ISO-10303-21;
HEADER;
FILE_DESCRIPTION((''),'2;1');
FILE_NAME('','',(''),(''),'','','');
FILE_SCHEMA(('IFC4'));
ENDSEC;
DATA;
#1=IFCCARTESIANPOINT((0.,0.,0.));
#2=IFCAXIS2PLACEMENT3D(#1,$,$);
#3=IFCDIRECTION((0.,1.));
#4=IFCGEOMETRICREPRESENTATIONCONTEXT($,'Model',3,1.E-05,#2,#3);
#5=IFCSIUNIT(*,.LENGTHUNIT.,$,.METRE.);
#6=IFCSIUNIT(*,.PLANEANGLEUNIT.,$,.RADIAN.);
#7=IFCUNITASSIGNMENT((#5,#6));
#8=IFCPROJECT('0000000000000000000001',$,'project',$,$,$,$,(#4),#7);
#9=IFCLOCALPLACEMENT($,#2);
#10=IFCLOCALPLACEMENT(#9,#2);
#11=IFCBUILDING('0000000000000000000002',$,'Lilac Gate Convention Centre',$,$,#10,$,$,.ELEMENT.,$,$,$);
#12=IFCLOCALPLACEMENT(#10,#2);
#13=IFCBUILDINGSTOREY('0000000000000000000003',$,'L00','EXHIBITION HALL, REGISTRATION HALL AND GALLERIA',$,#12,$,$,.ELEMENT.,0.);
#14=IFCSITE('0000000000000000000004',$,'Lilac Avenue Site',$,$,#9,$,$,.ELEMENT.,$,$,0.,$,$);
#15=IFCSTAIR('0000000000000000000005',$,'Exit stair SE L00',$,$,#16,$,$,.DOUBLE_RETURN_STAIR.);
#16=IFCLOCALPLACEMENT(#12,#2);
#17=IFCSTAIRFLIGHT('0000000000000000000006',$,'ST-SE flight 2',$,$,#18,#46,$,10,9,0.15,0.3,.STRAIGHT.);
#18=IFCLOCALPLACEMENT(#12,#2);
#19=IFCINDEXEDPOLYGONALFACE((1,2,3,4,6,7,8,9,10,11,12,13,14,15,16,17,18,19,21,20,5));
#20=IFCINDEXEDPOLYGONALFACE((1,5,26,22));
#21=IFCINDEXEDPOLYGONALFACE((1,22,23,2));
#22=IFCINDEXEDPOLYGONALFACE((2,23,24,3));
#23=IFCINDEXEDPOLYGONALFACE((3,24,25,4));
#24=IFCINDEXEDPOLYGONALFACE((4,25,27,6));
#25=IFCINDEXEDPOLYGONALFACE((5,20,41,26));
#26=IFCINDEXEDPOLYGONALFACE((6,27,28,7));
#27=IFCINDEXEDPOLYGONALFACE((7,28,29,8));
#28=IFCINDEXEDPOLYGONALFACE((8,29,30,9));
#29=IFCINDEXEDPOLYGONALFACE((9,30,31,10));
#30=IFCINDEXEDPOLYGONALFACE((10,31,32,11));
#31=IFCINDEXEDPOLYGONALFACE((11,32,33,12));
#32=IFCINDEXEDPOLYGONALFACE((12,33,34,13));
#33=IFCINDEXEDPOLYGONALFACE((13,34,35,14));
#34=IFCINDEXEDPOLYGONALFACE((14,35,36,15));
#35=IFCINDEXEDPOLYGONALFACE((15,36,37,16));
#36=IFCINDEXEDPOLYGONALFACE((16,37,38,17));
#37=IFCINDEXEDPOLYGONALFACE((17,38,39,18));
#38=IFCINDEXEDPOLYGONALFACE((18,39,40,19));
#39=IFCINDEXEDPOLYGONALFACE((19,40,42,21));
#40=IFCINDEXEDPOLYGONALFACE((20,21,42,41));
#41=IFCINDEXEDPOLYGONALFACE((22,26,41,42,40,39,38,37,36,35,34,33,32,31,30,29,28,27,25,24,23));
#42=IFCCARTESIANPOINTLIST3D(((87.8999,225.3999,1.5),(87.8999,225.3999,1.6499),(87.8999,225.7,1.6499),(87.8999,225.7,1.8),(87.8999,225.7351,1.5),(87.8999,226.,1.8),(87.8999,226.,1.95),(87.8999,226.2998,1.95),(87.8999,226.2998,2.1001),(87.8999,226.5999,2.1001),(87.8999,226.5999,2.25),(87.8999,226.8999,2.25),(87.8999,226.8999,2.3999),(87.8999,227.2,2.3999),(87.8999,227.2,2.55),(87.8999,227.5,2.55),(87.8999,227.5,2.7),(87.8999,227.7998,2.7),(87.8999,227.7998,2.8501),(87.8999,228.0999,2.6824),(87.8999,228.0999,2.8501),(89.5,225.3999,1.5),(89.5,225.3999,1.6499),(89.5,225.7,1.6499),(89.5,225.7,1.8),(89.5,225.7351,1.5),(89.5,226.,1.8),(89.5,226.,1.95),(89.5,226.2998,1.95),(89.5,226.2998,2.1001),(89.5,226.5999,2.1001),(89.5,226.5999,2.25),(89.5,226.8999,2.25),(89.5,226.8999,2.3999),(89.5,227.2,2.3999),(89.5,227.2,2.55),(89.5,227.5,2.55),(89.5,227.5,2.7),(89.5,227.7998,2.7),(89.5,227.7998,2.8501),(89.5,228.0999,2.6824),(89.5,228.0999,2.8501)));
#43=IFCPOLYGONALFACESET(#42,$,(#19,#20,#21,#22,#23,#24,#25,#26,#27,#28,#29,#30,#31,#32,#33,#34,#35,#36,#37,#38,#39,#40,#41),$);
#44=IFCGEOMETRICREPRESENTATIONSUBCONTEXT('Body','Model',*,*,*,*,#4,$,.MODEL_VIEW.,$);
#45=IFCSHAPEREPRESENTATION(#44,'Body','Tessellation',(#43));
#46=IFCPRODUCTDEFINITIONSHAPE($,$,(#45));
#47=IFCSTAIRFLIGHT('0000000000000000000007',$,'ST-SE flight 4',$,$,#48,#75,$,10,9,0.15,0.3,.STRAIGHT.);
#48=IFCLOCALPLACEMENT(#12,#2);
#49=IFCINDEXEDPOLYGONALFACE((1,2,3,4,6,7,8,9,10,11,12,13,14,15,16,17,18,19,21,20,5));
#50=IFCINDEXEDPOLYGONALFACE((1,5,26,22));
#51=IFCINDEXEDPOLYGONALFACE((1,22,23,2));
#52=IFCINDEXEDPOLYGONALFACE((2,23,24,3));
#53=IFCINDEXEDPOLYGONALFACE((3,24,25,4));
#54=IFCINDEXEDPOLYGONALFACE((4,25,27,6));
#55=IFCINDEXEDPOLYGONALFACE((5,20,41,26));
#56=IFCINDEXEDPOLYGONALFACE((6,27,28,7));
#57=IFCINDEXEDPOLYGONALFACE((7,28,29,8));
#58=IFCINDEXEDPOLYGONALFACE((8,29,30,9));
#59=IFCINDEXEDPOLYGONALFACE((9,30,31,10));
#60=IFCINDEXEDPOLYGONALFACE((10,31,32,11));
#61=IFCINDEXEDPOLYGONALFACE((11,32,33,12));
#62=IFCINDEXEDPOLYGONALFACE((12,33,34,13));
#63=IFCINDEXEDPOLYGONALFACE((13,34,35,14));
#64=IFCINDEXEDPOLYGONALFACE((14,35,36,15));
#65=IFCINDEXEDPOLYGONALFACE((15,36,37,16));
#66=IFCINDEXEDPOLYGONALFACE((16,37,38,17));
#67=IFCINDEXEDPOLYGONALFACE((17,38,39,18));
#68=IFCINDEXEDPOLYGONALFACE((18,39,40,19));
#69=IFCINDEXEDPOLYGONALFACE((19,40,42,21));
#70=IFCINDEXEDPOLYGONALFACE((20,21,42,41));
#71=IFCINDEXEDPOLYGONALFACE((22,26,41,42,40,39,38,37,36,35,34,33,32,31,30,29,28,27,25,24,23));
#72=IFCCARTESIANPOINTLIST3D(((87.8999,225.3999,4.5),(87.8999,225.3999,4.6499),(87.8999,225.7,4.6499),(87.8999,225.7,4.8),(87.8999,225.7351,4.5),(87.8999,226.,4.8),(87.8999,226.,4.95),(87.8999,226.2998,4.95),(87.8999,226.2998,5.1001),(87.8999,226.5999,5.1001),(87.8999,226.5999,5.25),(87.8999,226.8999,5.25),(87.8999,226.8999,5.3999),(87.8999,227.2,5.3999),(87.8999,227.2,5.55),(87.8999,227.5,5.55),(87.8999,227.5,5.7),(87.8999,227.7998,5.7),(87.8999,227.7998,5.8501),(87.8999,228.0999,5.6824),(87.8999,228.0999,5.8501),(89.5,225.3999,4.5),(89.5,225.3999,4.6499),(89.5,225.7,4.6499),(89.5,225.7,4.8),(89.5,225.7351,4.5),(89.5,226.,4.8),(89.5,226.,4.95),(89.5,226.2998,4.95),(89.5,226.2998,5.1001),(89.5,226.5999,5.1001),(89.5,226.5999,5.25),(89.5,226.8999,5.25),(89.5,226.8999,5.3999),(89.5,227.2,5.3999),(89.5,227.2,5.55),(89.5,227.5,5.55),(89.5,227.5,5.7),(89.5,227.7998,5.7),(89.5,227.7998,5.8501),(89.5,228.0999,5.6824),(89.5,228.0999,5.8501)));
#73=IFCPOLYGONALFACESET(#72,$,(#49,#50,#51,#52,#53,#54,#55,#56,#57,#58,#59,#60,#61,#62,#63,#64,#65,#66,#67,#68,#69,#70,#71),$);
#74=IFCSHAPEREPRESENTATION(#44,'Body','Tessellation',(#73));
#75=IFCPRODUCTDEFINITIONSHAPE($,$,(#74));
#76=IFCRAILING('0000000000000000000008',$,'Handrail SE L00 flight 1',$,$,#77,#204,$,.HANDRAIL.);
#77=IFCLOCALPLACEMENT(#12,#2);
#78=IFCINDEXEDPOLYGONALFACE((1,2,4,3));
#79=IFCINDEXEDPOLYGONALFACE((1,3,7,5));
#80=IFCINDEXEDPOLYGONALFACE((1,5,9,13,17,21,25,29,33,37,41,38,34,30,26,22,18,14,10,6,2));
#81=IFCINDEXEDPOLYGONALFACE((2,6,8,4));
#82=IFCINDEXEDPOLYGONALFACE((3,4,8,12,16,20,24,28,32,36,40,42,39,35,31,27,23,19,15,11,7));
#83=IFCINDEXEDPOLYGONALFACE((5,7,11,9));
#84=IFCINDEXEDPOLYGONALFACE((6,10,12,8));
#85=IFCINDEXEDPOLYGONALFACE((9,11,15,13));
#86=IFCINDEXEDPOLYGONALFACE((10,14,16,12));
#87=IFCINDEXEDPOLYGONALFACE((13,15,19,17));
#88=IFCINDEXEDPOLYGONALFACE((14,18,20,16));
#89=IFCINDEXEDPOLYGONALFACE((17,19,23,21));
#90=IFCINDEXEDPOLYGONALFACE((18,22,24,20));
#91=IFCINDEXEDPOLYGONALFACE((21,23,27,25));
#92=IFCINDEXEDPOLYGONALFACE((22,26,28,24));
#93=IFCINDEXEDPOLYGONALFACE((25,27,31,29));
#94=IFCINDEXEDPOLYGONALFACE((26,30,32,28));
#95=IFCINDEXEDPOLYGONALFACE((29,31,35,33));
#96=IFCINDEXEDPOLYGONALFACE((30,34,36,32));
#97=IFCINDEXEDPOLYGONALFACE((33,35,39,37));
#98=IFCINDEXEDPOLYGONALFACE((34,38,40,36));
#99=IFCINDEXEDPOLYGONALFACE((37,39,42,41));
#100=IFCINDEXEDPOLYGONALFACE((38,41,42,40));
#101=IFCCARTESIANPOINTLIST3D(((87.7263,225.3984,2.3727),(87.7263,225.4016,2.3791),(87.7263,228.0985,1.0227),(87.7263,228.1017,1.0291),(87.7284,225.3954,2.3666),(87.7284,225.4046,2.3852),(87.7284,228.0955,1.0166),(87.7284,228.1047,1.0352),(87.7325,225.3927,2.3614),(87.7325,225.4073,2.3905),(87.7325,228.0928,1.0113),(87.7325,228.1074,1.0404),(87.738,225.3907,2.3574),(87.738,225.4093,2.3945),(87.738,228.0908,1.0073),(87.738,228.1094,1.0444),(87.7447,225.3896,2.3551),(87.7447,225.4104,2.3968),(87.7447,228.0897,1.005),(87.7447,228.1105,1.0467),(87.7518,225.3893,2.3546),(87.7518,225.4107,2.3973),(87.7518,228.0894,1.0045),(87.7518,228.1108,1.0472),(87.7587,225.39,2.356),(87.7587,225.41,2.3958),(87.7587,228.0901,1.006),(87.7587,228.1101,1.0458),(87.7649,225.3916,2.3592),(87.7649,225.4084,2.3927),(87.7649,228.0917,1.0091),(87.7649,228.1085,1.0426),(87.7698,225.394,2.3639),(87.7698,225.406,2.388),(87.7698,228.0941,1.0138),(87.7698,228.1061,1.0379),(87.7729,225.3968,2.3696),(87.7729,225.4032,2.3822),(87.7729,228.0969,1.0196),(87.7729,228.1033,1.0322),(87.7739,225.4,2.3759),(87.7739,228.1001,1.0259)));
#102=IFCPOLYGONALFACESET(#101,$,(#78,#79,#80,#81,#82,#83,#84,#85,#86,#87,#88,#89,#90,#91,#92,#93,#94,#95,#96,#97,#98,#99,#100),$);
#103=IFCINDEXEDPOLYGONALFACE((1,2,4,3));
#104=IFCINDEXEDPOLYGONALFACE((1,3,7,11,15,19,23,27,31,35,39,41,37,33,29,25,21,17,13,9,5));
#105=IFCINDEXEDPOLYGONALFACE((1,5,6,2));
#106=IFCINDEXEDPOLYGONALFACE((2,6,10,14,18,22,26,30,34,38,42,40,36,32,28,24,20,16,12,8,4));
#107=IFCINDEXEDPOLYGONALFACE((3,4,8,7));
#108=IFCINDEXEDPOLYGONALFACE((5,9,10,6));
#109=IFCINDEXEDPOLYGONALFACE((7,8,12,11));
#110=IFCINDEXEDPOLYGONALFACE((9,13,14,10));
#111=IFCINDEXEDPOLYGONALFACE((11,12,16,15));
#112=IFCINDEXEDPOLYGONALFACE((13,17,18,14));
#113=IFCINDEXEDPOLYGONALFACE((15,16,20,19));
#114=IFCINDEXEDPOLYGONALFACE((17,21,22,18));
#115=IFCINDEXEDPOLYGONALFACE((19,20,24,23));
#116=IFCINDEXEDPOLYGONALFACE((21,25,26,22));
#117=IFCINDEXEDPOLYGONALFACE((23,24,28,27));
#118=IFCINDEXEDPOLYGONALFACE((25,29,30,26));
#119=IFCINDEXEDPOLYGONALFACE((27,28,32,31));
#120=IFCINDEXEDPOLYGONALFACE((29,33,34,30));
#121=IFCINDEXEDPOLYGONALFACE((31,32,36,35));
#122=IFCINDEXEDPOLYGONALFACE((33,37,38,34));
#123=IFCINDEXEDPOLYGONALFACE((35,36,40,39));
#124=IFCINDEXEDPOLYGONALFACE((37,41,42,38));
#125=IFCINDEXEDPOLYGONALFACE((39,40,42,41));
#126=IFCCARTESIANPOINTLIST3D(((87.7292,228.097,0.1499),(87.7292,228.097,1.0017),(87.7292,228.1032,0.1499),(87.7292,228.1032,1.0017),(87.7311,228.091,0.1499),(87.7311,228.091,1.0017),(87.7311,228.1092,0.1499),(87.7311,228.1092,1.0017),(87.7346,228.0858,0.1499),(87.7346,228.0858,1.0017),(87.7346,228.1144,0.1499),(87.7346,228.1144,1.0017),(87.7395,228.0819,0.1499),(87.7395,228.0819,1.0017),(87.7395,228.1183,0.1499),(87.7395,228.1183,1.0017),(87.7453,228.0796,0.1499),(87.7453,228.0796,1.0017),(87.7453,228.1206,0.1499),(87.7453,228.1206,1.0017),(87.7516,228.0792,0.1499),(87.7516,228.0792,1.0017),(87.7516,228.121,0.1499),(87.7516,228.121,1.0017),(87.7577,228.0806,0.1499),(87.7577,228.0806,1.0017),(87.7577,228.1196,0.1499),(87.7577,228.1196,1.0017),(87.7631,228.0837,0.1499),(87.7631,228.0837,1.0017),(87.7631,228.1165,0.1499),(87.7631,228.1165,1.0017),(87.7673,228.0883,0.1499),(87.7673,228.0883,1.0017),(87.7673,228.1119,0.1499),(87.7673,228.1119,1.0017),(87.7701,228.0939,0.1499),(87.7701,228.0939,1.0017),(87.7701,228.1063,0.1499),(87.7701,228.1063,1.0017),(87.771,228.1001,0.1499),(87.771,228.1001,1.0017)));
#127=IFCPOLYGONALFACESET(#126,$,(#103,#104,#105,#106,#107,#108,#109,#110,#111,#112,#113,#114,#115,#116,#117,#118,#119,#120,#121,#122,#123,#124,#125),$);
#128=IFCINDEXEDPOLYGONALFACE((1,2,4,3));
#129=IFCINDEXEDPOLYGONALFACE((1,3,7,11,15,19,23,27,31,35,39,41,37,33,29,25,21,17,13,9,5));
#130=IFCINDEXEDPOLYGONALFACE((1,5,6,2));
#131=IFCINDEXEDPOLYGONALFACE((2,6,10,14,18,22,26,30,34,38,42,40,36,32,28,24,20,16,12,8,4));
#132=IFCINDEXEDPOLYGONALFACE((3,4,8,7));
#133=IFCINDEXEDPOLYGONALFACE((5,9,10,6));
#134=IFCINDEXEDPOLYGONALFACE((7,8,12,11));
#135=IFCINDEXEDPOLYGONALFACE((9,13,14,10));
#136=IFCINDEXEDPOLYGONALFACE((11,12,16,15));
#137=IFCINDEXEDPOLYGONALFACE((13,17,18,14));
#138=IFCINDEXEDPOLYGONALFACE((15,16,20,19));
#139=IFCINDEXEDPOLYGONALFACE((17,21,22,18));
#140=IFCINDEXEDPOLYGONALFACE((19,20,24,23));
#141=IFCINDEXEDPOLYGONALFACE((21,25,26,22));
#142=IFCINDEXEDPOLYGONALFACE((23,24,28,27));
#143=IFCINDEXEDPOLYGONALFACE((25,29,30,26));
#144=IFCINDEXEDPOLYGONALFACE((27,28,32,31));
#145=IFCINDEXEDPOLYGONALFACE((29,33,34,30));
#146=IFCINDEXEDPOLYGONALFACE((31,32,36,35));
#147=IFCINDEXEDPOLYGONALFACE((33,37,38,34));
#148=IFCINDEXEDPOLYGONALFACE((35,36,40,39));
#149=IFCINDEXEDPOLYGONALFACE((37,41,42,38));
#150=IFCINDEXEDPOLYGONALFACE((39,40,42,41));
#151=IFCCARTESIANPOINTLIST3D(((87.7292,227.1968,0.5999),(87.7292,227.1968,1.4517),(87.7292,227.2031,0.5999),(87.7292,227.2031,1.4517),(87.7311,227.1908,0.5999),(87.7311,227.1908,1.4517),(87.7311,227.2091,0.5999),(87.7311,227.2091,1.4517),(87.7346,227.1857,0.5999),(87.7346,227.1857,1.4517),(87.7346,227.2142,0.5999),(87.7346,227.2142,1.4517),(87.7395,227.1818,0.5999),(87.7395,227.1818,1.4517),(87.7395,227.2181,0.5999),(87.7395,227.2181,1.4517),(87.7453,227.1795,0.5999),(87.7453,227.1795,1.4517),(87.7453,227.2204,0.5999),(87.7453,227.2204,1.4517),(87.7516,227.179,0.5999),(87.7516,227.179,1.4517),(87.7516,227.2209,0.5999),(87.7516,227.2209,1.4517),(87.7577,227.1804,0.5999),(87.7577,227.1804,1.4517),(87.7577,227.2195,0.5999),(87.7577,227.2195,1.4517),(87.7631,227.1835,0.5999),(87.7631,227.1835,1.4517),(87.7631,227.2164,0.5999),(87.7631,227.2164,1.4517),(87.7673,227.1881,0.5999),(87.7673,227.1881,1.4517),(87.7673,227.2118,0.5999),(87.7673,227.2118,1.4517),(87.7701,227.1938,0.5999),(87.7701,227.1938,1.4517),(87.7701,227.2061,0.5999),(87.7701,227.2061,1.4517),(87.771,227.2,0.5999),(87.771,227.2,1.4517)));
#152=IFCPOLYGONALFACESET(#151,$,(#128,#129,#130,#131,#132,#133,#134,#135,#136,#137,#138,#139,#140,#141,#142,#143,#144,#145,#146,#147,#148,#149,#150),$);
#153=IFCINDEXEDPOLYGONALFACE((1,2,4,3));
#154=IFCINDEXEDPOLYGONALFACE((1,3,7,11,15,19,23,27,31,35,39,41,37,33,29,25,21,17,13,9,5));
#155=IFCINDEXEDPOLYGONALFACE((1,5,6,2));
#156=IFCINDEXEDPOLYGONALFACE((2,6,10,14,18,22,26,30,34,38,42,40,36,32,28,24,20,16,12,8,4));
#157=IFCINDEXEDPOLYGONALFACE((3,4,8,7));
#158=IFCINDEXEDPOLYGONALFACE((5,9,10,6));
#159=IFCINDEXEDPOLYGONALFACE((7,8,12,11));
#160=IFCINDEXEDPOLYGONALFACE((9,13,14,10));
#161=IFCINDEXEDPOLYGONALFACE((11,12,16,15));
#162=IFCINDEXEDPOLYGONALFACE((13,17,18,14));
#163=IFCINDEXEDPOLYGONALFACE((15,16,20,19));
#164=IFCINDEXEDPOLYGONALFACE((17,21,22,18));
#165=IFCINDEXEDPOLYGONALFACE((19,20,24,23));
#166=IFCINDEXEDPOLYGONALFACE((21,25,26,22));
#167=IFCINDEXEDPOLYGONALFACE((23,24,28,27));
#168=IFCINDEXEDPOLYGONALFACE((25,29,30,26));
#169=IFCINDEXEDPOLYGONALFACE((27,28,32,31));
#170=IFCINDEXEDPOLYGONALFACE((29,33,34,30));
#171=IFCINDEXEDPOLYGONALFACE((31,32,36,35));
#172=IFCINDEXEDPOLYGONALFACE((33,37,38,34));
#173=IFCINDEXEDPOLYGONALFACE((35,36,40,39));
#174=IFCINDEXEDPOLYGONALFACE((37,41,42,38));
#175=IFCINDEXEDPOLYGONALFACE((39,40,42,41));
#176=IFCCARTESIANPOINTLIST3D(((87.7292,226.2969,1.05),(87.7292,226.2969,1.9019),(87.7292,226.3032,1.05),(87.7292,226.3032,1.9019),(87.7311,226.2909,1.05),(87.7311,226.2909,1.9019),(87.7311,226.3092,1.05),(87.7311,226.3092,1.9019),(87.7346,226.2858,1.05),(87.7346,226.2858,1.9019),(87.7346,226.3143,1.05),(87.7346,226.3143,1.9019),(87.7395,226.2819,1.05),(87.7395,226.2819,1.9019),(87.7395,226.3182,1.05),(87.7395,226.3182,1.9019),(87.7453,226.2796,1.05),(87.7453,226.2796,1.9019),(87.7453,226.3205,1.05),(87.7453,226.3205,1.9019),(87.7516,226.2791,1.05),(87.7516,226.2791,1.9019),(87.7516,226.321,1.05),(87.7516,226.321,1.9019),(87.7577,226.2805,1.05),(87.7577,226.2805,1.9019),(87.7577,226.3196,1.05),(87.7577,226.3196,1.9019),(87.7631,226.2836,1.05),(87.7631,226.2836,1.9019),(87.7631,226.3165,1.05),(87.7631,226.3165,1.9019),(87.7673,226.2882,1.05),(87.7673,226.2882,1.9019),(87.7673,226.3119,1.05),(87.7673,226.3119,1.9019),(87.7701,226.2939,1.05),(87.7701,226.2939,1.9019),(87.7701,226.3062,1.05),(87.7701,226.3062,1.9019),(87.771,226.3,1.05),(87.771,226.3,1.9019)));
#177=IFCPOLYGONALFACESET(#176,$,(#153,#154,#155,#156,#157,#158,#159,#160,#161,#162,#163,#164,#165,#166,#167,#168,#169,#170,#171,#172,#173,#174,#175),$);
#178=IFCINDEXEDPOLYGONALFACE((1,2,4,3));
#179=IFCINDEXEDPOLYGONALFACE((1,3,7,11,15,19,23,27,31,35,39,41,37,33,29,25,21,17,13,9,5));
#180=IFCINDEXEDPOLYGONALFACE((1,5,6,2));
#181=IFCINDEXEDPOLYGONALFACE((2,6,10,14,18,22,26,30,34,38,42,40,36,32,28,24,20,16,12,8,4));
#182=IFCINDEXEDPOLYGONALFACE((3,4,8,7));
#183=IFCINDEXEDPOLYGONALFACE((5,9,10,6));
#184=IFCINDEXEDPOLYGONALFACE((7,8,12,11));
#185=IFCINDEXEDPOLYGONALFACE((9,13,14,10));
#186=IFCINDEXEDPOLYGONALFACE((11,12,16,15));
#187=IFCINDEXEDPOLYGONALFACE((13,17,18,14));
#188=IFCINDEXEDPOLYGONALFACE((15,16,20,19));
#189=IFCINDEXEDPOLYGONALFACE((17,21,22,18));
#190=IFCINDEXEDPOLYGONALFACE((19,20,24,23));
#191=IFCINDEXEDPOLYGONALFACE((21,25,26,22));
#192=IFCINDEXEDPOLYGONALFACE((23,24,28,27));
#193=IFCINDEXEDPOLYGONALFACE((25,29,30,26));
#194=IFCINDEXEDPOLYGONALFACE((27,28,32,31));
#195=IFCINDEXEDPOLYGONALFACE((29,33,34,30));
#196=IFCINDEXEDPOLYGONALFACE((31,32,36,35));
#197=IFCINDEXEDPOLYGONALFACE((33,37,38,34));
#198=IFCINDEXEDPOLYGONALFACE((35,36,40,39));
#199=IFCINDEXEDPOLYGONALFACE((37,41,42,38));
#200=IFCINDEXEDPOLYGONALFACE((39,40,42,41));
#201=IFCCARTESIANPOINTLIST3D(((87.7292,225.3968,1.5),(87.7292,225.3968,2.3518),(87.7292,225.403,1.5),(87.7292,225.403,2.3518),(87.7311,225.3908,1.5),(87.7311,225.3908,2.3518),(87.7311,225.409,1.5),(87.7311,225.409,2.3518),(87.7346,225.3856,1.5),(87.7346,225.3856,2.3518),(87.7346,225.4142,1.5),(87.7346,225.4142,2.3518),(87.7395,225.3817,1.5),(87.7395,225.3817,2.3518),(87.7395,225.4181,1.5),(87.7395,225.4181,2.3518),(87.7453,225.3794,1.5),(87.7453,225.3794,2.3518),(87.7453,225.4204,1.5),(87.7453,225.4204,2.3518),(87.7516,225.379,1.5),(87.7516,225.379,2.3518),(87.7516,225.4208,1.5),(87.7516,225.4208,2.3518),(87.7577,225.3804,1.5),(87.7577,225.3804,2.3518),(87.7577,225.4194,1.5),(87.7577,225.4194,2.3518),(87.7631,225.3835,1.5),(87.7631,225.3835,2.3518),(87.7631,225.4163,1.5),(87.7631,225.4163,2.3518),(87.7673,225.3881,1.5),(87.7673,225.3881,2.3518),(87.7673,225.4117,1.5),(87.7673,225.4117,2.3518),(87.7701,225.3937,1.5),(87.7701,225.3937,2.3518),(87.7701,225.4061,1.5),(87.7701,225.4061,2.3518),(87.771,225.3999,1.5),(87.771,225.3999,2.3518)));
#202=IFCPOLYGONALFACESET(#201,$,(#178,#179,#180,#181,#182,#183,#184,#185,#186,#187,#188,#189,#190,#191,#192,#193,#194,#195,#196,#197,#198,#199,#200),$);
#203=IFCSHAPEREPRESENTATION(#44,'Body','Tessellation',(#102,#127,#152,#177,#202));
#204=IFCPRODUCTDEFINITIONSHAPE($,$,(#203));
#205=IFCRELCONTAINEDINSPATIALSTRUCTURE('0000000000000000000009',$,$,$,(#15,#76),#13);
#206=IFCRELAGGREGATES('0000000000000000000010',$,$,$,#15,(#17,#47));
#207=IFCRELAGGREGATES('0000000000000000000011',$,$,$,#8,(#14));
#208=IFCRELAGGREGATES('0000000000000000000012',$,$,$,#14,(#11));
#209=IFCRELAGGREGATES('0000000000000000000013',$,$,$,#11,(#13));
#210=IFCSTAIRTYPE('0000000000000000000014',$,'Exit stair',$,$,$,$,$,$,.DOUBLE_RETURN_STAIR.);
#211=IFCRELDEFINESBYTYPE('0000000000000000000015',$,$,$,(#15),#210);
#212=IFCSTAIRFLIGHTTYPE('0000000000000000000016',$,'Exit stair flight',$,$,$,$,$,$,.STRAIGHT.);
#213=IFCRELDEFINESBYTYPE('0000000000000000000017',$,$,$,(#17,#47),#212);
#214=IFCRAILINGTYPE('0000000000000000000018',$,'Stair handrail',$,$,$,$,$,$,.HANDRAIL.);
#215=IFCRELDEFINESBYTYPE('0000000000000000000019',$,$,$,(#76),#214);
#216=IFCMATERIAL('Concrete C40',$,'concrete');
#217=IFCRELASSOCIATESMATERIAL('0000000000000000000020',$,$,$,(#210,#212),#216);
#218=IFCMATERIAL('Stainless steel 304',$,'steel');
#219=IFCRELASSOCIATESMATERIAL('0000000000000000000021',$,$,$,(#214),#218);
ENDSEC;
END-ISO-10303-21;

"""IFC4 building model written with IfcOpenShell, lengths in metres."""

from ifc_helpers import new_model, si_unit, direction, frame, origin, origin_2d, place, context, subcontext, project, spatial, polyline, circle, outline, extrude, material, type_object, element, aggregate, save


model = new_model("IFC4")

# Units and contexts
model_context = context("Model", 3, precision=1e-05, world=origin(), true_north=direction((0.0, 1.0)))
body_context = subcontext(model_context, "Body", "Model", "MODEL_VIEW")
ifc_project = project(units=[si_unit("LENGTHUNIT", "METRE"), si_unit("PLANEANGLEUNIT", "RADIAN")], contexts=[model_context])

# Site, building, storey
site_placement = place(None, origin())
site = spatial("IfcSite", under=ifc_project, at=site_placement, Name="Lilac Avenue Site", CompositionType="ELEMENT", RefElevation=0.0)
building_placement = place(site_placement, origin())
building = spatial("IfcBuilding", under=site, at=building_placement, Name="Lilac Gate Convention Centre", CompositionType="ELEMENT")
storey_placement = place(building_placement, origin())
storey = spatial("IfcBuildingStorey", under=building, at=storey_placement, Name="L00", Description="EXHIBITION HALL, REGISTRATION HALL AND GALLERIA", CompositionType="ELEMENT", Elevation=0.0)

# Shared definitions
ifc_material_1 = material(Name="Concrete C40", Category="concrete")

# Stair, stair flights
stair_type = type_object("IfcStairType", Name="Exit stair", PredefinedType="DOUBLE_RETURN_STAIR", material=ifc_material_1)
stair_placement = place(storey_placement, origin())
stair = element("IfcStair", 1, at=stair_placement, inside=storey, type_object=stair_type, Name="Exit stair SE L00", PredefinedType="DOUBLE_RETURN_STAIR")
stair_flight_type = type_object("IfcStairFlightType", Name="Exit stair flight", PredefinedType="STRAIGHT", material=ifc_material_1)
stair_flight_1_placement = place(storey_placement, frame((88.7, 225.3999, 1.5), z_axis=(0.0, 0.0, 1.0), x_axis=(0.0, 1.0, 0.0)))
stair_flight_1 = element("IfcStairFlight", 2, at=stair_flight_1_placement, type_object=stair_flight_type, Name="ST-SE flight 2", NumberOfRisers=10, NumberOfTreads=9, PredefinedType="STRAIGHT", RiserHeight=0.15, TreadLength=0.3, context=body_context, shape_type="SweptSolid", body=[
    extrude(outline(polyline([(0.0, 0.0), (0.0, 0.1499), (0.3, 0.1499), (0.3, 0.3), (0.6001, 0.3), (0.6001, 0.45), (0.8999, 0.45), (0.8999, 0.6001), (1.2, 0.6001), (1.2, 0.75), (1.5, 0.75), (1.5, 0.8999), (1.8, 0.8999), (1.8, 1.05), (2.1001, 1.05), (2.1001, 1.2), (2.3999, 1.2), (2.3999, 1.3501), (2.7, 1.3501), (2.7, 1.5), (2.7, 1.1824), (0.3352, 0.0), (0.0, 0.0)])), frame((0.0, 0.8, 0.0), z_axis=(0.0, -1.0, 0.0), x_axis=(1.0, 0.0, 0.0)), (0.0, 0.0, 1.0), 1.6001),
])
stair_flight_2_placement = place(storey_placement, frame((88.7, 225.3999, 4.5), z_axis=(0.0, 0.0, 1.0), x_axis=(0.0, 1.0, 0.0)))
stair_flight_2 = element("IfcStairFlight", 3, at=stair_flight_2_placement, type_object=stair_flight_type, Name="ST-SE flight 4", NumberOfRisers=10, NumberOfTreads=9, PredefinedType="STRAIGHT", RiserHeight=0.15, TreadLength=0.3, context=body_context, shape_type="SweptSolid", body=[
    extrude(outline(polyline([(0.0, 0.0), (0.0, 0.1499), (0.3, 0.1499), (0.3, 0.3), (0.6001, 0.3), (0.6001, 0.45), (0.8999, 0.45), (0.8999, 0.6001), (1.2, 0.6001), (1.2, 0.75), (1.5, 0.75), (1.5, 0.8999), (1.8, 0.8999), (1.8, 1.05), (2.1001, 1.05), (2.1001, 1.2), (2.3999, 1.2), (2.3999, 1.3501), (2.7, 1.3501), (2.7, 1.5), (2.7, 1.1824), (0.3352, 0.0), (0.0, 0.0)])), frame((0.0, 0.8, 0.0), z_axis=(0.0, -1.0, 0.0), x_axis=(1.0, 0.0, 0.0)), (0.0, 0.0, 1.0), 1.6001),
])
aggregate(stair, [stair_flight_1, stair_flight_2])

# Railing
ifc_material_2 = material(Name="Stainless steel 304", Category="steel")
railing_type = type_object("IfcRailingType", Name="Stair handrail", PredefinedType="HANDRAIL", material=ifc_material_2)
railing_1_placement = place(storey_placement, frame((87.75, 228.1001, 0.1499)))
element("IfcRailing", 4, at=railing_1_placement, inside=storey, type_object=railing_type, Name="Handrail SE L00 flight 1", PredefinedType="HANDRAIL", context=body_context, shape_type="SweptSolid", body=[
    extrude(circle(Radius=0.0239, at=origin_2d()), frame((0.0, 0.0, 0.876), z_axis=(0.0, -0.894427, 0.447214), x_axis=(1.0, 0.0, 0.0)), (0.0, 0.0, 1.0), 3.0188),
    extrude(circle(Radius=0.021, at=origin_2d()), origin(), (0.0, 0.0, 1.0), 0.8518),
    extrude(circle(Radius=0.021, at=origin_2d()), frame((0.0, -0.9001, 0.45)), (0.0, 0.0, 1.0), 0.8518),
    extrude(circle(Radius=0.021, at=origin_2d()), frame((0.0, -1.8, 0.9001)), (0.0, 0.0, 1.0), 0.8518),
    extrude(circle(Radius=0.021, at=origin_2d()), frame((0.0, -2.7002, 1.3501)), (0.0, 0.0, 1.0), 0.8518),
])

save(model, "model.ifc")
